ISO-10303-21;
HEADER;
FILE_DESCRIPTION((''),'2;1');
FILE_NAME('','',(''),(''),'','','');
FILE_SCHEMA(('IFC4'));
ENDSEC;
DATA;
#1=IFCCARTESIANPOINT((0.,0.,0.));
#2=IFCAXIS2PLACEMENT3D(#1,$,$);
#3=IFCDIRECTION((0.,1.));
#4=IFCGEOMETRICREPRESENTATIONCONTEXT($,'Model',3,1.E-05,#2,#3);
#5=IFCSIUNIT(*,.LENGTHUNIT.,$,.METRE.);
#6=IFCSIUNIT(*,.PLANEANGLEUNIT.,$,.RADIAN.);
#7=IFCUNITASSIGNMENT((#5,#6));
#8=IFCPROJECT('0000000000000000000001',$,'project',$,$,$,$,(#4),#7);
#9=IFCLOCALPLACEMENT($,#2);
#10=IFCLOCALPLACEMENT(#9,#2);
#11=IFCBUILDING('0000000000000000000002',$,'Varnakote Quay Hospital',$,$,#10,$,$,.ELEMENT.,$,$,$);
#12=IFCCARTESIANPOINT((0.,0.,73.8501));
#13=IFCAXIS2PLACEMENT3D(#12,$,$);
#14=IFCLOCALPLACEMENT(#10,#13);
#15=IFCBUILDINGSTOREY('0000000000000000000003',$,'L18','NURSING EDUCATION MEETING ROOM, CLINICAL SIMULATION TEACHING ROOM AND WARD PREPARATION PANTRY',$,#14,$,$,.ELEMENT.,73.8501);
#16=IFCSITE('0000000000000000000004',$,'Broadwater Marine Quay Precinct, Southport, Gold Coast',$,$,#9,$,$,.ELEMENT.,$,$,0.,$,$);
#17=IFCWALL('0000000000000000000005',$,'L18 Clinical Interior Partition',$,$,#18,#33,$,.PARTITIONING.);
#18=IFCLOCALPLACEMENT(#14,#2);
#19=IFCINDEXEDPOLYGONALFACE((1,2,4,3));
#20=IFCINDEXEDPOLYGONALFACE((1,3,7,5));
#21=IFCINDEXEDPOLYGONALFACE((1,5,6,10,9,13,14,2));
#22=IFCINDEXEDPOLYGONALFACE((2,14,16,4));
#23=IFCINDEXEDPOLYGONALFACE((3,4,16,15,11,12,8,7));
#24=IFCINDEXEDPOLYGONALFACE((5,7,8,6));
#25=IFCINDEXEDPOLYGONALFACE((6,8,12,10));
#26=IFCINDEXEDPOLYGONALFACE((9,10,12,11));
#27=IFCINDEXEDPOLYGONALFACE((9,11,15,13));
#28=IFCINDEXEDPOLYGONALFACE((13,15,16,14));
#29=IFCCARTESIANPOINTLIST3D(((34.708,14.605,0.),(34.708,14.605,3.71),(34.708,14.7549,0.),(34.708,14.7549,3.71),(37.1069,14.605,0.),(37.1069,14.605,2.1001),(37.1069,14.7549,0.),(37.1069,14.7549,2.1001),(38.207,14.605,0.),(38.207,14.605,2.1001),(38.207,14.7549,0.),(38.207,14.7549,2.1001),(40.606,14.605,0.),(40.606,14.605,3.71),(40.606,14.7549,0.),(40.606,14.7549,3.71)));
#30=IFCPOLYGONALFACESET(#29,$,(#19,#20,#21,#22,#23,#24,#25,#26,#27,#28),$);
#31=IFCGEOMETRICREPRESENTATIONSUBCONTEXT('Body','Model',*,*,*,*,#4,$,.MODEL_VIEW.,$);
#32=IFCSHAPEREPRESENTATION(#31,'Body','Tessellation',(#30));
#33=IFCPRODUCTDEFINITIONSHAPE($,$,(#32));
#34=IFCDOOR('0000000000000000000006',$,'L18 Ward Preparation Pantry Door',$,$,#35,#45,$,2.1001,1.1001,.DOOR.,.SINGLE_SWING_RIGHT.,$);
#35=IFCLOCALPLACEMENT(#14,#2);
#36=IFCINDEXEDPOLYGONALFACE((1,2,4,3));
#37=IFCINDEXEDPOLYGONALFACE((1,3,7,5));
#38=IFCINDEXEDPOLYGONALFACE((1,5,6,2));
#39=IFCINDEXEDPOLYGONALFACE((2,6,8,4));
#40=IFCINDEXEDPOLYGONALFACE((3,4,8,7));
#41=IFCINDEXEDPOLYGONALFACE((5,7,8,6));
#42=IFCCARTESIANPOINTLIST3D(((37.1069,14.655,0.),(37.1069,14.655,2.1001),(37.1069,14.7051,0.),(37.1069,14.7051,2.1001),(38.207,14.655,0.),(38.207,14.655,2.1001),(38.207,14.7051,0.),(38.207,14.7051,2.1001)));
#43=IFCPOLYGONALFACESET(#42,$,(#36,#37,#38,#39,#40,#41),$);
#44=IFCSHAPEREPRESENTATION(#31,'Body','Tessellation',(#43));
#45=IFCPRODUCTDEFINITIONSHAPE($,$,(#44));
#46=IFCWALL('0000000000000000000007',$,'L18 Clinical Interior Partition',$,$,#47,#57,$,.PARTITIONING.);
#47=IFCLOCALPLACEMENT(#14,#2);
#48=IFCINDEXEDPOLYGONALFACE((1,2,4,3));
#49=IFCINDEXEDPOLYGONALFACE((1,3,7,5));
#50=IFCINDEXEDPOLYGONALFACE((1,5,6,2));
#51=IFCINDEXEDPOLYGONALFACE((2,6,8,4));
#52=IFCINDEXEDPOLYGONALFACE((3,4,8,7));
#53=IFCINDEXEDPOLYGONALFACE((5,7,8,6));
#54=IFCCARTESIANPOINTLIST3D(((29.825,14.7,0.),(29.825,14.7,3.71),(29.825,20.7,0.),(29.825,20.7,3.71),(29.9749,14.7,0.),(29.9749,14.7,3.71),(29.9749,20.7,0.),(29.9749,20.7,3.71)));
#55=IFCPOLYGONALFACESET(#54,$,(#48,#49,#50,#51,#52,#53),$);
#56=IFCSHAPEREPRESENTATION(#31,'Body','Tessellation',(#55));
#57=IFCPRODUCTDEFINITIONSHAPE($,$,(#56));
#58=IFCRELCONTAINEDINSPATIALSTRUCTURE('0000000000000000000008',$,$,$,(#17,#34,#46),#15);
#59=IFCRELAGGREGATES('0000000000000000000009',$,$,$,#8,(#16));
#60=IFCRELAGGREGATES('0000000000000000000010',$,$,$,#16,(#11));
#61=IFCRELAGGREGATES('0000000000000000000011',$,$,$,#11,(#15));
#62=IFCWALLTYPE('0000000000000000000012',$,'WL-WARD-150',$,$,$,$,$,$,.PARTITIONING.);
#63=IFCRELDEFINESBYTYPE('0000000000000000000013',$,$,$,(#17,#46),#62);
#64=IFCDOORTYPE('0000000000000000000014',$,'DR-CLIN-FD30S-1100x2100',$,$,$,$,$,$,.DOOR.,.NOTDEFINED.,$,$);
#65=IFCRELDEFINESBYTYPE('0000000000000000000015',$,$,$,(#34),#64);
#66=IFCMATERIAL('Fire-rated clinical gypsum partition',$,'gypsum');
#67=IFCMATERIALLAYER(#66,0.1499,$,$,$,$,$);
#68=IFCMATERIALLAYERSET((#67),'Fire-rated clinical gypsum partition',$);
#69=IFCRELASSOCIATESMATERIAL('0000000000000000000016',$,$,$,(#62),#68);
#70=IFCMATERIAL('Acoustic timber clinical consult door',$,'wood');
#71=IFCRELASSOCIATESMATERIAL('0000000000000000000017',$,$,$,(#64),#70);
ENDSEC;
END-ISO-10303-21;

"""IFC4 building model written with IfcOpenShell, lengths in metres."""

from ifc_helpers import new_model, si_unit, direction, frame, frame_2d, origin, place, context, subcontext, project, spatial, rectangle, extrude, material, layer, layer_set, type_object, element, fill, save


model = new_model("IFC4")

# Units and contexts
model_context = context("Model", 3, precision=1e-05, world=origin(), true_north=direction((0.0, 1.0)))
body_context = subcontext(model_context, "Body", "Model", "MODEL_VIEW")
ifc_project = project(units=[si_unit("LENGTHUNIT", "METRE"), si_unit("PLANEANGLEUNIT", "RADIAN")], contexts=[model_context])

# Site, building, storey
site_placement = place(None, origin())
site = spatial("IfcSite", under=ifc_project, at=site_placement, Name="Broadwater Marine Quay Precinct, Southport, Gold Coast", CompositionType="ELEMENT", RefElevation=0.0)
building_placement = place(site_placement, origin())
building = spatial("IfcBuilding", under=site, at=building_placement, Name="Varnakote Quay Hospital", CompositionType="ELEMENT")
storey_placement = place(building_placement, frame((0.0, 0.0, 73.8501)))
storey = spatial("IfcBuildingStorey", under=building, at=storey_placement, Name="L18", Description="NURSING EDUCATION MEETING ROOM, CLINICAL SIMULATION TEACHING ROOM AND WARD PREPARATION PANTRY", CompositionType="ELEMENT", Elevation=73.8501)

# Wall, opening, door
ifc_material_1 = material(Name="Fire-rated clinical gypsum partition", Category="gypsum")
ifc_layer_1 = layer(ifc_material_1, 0.1499)
ifc_layer_set_1 = layer_set([ifc_layer_1], Name="Fire-rated clinical gypsum partition")
wall_type_1 = type_object("IfcWallType", Name="WL-WARD-150", PredefinedType="PARTITIONING", material=ifc_layer_set_1)
ifc_material_2 = material(Name="Acoustic timber clinical consult door", Category="wood")
door_type_1 = type_object("IfcDoorType", Name="DR-CLIN-FD30S-1100x2100", OperationType="NOTDEFINED", PredefinedType="DOOR", material=ifc_material_2)
wall_1_placement = place(storey_placement, frame((40.606, 14.6799, 0.0), z_axis=(0.0, 0.0, 1.0), x_axis=(-1.0, 0.0, 0.0)))
wall_1 = element("IfcWall", 1, at=wall_1_placement, inside=storey, type_object=wall_type_1, Name="L18 Clinical Interior Partition", PredefinedType="PARTITIONING", context=body_context, shape_type="SweptSolid", body=[
    extrude(rectangle(XDim=5.8979, YDim=0.1499, at=frame_2d((2.949, 0.0))), origin(), (0.0, 0.0, 1.0), 3.71),
])
opening_1_placement = place(wall_1_placement, frame((2.3989, 0.0, 0.0)))
opening_1 = element("IfcOpeningElement", 2, at=opening_1_placement, cuts=wall_1, PredefinedType="OPENING", context=body_context, shape_type="SweptSolid", body=[
    extrude(rectangle(XDim=1.1001, YDim=2.1001, at=frame_2d((0.55, 1.05))), frame((0.0, 0.085, 0.0), z_axis=(0.0, -1.0, 0.0), x_axis=(1.0, 0.0, 0.0)), (0.0, 0.0, 1.0), 0.1699),
])
door_1_placement = place(opening_1_placement, origin())
door_1 = element("IfcDoor", 3, at=door_1_placement, inside=storey, type_object=door_type_1, Name="L18 Ward Preparation Pantry Door", OperationType="SINGLE_SWING_RIGHT", OverallHeight=2.1001, OverallWidth=1.1001, PredefinedType="DOOR", context=body_context, shape_type="SweptSolid", body=[
    extrude(rectangle(XDim=1.1001, YDim=2.1001, at=frame_2d((0.55, 1.05))), frame((0.0, 0.0249, 0.0), z_axis=(0.0, -1.0, 0.0), x_axis=(1.0, 0.0, 0.0)), (0.0, 0.0, 1.0), 0.05),
])
fill(opening_1, door_1)

# Wall
wall_2_placement = place(storey_placement, frame((29.8999, 14.7, 0.0), z_axis=(0.0, 0.0, 1.0), x_axis=(0.0, 1.0, 0.0)))
element("IfcWall", 4, at=wall_2_placement, inside=storey, type_object=wall_type_1, Name="L18 Clinical Interior Partition", PredefinedType="PARTITIONING", context=body_context, shape_type="SweptSolid", body=[
    extrude(rectangle(XDim=6.0, YDim=0.1499, at=frame_2d((3.0, 0.0))), origin(), (0.0, 0.0, 1.0), 3.71),
])

save(model, "model.ifc")
